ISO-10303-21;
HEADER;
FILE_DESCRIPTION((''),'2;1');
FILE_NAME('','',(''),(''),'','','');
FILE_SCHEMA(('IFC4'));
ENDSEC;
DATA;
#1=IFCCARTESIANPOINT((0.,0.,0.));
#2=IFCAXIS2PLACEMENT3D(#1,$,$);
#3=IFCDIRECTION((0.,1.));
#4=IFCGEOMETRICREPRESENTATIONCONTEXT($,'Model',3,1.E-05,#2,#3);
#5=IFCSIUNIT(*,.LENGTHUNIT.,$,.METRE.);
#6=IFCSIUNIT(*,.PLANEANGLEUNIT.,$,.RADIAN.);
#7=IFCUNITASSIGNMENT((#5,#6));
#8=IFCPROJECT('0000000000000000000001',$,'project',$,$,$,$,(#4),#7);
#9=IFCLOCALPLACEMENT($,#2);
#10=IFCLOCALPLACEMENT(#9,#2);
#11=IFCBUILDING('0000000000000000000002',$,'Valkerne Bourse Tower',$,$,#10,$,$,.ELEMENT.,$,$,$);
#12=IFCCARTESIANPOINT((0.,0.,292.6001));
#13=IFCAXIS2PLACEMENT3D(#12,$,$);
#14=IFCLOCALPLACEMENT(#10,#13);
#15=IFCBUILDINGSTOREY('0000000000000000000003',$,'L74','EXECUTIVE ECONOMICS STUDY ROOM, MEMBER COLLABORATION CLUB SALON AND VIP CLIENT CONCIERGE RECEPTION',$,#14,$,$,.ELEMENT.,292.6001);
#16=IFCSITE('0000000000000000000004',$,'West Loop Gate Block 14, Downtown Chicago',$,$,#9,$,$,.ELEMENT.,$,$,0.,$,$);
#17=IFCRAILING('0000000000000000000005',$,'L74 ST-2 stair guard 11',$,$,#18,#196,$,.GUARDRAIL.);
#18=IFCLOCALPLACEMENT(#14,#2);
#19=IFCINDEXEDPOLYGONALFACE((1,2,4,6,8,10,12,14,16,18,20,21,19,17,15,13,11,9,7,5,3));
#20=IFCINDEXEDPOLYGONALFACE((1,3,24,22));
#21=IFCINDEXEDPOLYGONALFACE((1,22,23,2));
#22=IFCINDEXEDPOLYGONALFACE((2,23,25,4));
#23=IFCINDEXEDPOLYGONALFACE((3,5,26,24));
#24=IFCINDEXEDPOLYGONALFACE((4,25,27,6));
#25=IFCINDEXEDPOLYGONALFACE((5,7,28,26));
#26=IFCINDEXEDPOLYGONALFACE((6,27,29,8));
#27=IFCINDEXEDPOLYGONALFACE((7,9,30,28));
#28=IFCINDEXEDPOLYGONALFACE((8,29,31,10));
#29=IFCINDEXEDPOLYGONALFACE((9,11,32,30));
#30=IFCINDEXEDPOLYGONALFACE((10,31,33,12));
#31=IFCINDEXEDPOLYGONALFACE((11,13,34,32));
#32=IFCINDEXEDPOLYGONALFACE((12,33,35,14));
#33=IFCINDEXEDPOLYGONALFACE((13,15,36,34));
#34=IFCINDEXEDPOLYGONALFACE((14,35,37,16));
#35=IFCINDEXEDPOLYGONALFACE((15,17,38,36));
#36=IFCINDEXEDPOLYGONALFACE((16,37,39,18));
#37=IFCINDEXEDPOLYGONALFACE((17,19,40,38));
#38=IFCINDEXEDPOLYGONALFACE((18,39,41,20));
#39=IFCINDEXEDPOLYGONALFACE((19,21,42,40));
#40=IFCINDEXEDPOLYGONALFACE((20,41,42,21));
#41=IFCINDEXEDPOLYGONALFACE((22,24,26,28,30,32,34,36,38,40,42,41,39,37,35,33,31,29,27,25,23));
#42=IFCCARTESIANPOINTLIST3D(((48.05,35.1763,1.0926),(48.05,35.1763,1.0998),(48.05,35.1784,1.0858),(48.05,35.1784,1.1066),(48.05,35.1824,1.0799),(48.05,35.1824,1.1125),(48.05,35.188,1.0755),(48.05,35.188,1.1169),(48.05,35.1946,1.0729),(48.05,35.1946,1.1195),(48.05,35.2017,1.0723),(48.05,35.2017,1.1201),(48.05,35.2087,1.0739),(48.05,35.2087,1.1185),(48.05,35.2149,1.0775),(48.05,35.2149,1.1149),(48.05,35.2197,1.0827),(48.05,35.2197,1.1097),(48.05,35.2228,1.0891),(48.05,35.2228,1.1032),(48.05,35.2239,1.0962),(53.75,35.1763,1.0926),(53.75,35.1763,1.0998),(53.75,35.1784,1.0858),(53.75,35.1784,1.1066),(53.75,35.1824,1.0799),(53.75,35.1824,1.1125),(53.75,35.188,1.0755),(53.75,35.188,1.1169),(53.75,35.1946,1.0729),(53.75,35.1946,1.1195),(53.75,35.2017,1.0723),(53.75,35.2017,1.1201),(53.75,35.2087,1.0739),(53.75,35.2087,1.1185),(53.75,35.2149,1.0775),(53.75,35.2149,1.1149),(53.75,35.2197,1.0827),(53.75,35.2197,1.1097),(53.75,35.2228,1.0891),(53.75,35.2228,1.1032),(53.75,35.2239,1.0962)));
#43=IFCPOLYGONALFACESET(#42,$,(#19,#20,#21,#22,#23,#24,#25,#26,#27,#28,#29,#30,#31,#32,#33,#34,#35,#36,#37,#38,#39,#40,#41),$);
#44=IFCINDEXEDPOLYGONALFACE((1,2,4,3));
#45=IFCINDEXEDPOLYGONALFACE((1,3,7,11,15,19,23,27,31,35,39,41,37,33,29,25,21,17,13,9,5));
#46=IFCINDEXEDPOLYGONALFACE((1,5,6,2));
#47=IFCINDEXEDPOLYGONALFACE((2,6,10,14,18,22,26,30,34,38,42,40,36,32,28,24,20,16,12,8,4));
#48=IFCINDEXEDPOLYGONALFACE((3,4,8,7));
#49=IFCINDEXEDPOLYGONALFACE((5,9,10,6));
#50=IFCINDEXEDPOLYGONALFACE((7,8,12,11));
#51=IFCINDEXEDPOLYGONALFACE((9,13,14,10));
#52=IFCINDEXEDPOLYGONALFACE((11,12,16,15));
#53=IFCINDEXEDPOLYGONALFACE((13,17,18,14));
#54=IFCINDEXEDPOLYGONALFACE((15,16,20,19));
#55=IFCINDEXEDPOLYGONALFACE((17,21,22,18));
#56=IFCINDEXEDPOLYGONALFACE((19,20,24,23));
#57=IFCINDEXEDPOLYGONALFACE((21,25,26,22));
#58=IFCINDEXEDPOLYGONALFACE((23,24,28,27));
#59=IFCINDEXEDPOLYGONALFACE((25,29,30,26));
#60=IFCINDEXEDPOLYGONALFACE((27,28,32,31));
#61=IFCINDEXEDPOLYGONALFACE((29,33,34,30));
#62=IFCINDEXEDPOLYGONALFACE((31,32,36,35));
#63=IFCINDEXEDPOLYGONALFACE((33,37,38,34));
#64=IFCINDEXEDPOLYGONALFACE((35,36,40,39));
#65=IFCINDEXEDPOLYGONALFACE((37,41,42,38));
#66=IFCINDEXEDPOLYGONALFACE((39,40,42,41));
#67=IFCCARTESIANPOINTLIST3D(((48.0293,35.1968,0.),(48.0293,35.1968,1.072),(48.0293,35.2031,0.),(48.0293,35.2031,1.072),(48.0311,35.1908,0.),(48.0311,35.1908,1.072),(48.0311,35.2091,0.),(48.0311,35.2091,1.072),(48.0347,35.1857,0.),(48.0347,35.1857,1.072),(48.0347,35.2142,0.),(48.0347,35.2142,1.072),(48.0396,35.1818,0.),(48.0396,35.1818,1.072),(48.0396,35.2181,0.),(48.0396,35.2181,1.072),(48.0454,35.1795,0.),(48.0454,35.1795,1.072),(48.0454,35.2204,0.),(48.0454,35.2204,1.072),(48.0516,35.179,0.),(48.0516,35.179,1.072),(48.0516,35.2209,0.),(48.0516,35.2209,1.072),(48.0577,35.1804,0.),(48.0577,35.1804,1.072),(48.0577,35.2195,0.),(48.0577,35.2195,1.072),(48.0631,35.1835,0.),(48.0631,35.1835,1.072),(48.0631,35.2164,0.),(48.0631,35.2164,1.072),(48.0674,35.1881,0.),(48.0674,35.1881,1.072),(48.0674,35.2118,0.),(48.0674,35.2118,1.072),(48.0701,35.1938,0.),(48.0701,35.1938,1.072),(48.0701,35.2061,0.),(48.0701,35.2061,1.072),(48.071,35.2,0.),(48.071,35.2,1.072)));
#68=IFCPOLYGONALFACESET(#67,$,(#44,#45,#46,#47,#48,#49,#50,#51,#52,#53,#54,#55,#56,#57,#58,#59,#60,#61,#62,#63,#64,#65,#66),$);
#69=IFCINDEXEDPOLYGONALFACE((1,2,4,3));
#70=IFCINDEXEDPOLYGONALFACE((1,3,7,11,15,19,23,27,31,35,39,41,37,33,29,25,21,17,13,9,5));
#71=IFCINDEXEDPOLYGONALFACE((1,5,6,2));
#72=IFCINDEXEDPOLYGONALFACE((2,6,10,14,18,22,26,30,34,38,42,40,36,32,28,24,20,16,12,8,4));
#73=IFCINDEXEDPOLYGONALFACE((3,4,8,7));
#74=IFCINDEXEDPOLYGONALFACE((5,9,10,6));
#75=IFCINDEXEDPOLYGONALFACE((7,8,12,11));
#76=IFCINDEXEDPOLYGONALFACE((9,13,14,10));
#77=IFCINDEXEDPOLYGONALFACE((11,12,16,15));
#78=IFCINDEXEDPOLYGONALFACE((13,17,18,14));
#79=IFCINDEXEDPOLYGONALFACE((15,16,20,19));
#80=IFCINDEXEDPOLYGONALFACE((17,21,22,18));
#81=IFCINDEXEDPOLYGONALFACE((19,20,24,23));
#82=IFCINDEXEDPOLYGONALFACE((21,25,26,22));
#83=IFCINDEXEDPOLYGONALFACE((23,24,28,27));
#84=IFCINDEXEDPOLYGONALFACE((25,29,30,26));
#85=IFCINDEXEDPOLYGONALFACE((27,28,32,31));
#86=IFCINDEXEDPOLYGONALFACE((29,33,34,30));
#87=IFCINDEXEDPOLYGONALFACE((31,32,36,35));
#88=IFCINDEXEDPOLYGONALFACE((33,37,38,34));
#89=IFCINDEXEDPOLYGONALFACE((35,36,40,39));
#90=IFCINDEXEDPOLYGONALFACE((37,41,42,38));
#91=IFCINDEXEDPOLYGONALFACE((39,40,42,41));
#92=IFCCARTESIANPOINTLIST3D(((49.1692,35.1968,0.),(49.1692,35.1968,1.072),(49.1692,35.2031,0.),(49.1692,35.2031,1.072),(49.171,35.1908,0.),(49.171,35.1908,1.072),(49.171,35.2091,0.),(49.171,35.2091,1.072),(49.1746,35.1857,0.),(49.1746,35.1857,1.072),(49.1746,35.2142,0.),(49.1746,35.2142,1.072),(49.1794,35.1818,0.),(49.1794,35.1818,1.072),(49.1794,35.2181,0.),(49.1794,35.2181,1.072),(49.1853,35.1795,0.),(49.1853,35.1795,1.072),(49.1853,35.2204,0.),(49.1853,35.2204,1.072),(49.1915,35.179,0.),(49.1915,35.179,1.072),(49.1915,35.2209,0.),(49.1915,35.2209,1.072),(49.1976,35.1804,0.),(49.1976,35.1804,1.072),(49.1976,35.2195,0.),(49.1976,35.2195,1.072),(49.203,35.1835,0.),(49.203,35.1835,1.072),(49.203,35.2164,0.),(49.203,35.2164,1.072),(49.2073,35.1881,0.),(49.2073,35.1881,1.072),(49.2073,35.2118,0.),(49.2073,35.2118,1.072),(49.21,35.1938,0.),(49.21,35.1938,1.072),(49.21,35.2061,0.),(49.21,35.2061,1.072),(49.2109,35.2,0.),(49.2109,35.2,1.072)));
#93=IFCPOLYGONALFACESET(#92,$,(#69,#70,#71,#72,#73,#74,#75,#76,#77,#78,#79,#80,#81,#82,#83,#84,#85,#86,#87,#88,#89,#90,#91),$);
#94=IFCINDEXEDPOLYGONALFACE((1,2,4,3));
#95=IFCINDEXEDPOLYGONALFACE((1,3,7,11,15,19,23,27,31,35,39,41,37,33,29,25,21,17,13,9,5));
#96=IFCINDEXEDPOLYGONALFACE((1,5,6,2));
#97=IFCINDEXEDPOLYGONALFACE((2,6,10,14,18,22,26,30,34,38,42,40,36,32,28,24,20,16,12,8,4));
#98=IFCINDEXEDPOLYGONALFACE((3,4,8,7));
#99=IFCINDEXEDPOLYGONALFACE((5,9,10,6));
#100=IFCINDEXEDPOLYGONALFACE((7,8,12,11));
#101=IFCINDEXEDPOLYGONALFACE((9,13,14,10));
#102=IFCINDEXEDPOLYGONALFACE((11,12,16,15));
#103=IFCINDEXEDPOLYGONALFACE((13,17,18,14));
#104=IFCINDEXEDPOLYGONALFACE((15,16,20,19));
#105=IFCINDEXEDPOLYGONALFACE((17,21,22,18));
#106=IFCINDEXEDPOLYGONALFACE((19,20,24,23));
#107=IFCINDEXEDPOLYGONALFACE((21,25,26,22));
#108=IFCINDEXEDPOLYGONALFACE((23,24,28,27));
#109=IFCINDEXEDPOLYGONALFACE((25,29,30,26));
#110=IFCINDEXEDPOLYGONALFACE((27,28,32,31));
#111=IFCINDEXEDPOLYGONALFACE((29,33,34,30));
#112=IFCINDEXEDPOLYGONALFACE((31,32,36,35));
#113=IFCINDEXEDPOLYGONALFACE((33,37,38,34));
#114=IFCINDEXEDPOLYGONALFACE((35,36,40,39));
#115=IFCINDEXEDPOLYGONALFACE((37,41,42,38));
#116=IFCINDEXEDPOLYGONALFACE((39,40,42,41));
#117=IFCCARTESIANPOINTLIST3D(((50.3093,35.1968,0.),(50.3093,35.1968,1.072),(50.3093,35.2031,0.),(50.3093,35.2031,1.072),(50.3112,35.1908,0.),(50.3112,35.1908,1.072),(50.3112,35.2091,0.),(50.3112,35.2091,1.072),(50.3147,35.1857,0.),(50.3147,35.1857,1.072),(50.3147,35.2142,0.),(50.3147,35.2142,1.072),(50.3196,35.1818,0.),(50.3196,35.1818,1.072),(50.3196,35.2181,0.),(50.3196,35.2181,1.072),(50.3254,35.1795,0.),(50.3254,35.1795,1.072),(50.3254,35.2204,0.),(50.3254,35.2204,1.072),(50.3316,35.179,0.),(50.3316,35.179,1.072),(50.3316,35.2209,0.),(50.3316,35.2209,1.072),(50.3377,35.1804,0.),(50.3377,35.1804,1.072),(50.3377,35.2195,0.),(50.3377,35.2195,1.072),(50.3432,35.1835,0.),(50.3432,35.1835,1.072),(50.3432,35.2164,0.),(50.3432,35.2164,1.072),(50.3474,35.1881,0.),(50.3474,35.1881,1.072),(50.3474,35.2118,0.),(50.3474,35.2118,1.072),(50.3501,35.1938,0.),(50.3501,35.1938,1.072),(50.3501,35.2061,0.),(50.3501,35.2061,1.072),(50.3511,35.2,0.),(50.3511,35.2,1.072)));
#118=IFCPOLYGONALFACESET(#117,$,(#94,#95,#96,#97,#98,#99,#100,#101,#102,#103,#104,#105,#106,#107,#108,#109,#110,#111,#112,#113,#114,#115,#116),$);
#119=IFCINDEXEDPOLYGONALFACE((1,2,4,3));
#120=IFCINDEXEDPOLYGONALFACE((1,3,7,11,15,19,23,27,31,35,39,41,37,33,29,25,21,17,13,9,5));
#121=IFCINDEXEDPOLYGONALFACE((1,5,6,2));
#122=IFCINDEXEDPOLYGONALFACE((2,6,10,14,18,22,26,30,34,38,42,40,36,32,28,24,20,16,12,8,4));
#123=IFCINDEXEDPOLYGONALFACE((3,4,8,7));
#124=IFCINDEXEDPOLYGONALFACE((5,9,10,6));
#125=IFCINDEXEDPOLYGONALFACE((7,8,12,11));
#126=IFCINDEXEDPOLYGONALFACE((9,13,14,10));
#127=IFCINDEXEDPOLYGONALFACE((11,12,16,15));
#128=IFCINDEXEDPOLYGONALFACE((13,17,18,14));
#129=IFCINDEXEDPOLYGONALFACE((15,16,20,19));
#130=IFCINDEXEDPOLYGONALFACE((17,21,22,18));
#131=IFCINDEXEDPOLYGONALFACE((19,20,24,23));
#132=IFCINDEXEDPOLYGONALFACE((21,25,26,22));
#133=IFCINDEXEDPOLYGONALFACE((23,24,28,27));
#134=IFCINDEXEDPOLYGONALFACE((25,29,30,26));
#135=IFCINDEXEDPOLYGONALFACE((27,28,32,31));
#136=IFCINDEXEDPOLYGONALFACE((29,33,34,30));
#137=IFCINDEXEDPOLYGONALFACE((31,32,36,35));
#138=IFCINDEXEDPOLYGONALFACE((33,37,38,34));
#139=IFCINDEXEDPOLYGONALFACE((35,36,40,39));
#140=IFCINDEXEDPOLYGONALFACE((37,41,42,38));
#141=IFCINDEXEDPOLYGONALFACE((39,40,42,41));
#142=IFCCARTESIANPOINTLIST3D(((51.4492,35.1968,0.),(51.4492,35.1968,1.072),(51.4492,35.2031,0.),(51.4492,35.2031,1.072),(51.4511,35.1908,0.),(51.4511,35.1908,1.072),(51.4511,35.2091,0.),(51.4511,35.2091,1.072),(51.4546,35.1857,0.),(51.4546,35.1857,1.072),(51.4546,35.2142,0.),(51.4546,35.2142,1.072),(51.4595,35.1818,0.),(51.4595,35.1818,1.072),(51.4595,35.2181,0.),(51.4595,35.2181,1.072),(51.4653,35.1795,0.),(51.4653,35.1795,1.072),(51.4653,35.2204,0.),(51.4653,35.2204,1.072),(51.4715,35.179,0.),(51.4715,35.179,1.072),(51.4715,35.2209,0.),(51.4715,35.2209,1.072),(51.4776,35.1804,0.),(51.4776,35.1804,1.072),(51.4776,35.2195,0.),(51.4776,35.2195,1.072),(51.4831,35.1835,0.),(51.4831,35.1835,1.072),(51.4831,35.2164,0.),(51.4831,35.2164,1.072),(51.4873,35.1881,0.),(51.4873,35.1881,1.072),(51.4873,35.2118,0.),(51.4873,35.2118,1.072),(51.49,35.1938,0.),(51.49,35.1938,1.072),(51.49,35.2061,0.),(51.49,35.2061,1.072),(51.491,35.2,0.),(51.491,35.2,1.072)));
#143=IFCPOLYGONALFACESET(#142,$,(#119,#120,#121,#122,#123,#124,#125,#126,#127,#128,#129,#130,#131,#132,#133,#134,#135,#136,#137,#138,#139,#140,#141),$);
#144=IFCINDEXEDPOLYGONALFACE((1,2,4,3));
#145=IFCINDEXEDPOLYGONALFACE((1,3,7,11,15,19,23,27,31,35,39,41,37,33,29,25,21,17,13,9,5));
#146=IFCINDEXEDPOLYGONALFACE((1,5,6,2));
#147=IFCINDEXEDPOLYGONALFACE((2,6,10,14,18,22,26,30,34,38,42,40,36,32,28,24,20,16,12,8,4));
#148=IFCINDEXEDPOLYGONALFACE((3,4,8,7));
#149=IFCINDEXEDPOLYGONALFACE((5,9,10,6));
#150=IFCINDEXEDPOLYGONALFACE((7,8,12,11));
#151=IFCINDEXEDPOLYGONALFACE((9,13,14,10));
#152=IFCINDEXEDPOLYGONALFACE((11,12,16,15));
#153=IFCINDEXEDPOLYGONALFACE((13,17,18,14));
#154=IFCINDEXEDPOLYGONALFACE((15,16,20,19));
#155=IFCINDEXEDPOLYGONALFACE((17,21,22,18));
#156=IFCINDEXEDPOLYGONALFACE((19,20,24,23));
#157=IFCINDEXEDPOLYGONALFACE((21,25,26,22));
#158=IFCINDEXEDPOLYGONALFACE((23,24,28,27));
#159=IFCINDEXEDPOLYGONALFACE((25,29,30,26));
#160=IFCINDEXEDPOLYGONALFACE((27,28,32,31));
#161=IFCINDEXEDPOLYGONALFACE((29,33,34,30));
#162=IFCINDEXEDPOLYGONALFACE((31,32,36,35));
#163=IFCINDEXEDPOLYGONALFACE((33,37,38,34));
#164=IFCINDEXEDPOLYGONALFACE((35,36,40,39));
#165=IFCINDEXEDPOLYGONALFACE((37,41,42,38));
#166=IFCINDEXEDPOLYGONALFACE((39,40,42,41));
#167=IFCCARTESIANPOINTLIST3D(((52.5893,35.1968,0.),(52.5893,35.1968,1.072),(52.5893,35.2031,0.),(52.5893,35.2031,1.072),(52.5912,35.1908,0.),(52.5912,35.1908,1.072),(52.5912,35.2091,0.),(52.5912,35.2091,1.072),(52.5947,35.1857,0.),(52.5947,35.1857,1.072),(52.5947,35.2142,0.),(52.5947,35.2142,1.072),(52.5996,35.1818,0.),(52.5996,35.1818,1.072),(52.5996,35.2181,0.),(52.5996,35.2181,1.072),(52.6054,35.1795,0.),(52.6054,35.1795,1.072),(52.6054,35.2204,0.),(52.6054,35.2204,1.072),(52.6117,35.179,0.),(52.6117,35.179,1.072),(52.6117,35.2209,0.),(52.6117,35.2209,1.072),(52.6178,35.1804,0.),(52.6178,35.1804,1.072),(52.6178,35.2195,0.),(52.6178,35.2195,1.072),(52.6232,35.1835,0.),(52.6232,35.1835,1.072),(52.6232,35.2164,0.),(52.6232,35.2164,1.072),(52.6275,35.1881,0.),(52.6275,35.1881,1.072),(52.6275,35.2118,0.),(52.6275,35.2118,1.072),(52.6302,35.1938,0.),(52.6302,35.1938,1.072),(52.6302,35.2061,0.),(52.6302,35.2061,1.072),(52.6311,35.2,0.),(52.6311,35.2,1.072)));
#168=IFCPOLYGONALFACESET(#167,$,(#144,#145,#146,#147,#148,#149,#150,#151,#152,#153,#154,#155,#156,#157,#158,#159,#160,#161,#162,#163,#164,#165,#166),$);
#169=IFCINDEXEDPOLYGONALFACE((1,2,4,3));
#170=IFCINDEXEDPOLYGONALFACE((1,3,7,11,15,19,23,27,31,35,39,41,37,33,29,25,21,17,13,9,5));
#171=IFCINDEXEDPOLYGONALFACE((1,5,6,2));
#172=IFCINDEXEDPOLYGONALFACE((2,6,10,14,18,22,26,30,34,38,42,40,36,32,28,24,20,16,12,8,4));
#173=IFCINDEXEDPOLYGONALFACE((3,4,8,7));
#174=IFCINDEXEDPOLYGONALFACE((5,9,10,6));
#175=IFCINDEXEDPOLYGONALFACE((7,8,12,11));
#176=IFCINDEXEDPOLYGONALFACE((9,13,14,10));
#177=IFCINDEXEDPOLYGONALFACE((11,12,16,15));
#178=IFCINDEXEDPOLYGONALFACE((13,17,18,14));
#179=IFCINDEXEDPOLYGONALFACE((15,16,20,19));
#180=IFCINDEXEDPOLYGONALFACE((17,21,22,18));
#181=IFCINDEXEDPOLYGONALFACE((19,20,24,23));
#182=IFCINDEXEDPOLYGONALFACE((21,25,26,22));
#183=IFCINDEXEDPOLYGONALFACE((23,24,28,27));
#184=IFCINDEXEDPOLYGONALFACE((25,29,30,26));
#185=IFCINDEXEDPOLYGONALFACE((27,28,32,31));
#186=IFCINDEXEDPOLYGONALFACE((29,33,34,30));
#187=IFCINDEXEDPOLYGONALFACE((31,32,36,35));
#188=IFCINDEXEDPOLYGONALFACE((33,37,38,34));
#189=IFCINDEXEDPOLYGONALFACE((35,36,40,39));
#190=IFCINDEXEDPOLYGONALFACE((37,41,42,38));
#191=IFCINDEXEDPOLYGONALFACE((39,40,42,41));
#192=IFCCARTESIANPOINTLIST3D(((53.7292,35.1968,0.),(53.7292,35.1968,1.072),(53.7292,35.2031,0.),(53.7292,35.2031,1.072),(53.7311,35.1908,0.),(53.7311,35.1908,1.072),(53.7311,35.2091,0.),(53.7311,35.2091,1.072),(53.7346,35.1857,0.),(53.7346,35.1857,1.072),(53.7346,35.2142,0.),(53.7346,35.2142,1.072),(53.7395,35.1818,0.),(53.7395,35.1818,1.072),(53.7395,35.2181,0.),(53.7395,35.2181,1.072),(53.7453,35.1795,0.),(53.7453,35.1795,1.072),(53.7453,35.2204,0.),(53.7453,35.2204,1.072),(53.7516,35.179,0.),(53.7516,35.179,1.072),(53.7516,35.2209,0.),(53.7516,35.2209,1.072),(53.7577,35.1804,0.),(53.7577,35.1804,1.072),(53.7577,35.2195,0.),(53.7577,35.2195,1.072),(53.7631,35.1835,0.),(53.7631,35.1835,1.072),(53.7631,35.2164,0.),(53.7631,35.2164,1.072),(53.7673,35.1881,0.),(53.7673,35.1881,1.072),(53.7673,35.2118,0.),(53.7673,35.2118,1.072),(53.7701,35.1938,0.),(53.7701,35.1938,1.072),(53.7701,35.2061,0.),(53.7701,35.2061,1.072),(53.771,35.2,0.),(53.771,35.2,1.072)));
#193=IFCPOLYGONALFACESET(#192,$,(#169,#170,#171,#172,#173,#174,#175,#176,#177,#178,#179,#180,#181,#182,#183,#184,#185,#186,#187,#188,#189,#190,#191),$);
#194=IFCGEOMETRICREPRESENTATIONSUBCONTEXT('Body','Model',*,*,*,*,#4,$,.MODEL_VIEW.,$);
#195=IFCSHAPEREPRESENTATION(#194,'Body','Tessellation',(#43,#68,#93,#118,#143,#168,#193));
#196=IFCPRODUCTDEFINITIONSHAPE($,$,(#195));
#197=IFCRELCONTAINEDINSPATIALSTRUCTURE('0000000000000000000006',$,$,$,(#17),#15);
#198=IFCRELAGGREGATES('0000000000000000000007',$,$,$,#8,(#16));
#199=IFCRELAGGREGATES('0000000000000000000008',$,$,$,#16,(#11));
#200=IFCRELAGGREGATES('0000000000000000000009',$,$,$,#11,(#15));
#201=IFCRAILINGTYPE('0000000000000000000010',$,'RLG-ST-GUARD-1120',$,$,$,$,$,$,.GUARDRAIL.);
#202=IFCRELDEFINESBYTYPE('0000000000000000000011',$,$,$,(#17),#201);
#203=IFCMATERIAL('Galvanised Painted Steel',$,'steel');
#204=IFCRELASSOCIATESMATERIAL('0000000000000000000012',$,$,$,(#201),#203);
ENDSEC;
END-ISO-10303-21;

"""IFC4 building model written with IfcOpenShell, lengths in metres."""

from ifc_helpers import new_model, si_unit, direction, frame, origin, origin_2d, place, context, subcontext, project, spatial, circle, extrude, material, type_object, element, save


model = new_model("IFC4")

# Units and contexts
model_context = context("Model", 3, precision=1e-05, world=origin(), true_north=direction((0.0, 1.0)))
body_context = subcontext(model_context, "Body", "Model", "MODEL_VIEW")
ifc_project = project(units=[si_unit("LENGTHUNIT", "METRE"), si_unit("PLANEANGLEUNIT", "RADIAN")], contexts=[model_context])

# Site, building, storey
site_placement = place(None, origin())
site = spatial("IfcSite", under=ifc_project, at=site_placement, Name="West Loop Gate Block 14, Downtown Chicago", CompositionType="ELEMENT", RefElevation=0.0)
building_placement = place(site_placement, origin())
building = spatial("IfcBuilding", under=site, at=building_placement, Name="Valkerne Bourse Tower", CompositionType="ELEMENT")
storey_placement = place(building_placement, frame((0.0, 0.0, 292.6001)))
storey = spatial("IfcBuildingStorey", under=building, at=storey_placement, Name="L74", Description="EXECUTIVE ECONOMICS STUDY ROOM, MEMBER COLLABORATION CLUB SALON AND VIP CLIENT CONCIERGE RECEPTION", CompositionType="ELEMENT", Elevation=292.6001)

# Railing
ifc_material_1 = material(Name="Galvanised Painted Steel", Category="steel")
railing_type_1 = type_object("IfcRailingType", Name="RLG-ST-GUARD-1120", PredefinedType="GUARDRAIL", material=ifc_material_1)
railing_1_placement = place(storey_placement, frame((48.05, 35.2, 0.0)))
element("IfcRailing", 1, at=railing_1_placement, inside=storey, type_object=railing_type_1, Name="L74 ST-2 stair guard 11", PredefinedType="GUARDRAIL", context=body_context, shape_type="SweptSolid", body=[
    extrude(circle(Radius=0.0239, at=origin_2d()), frame((0.0, 0.0, 1.0962), z_axis=(1.0, 0.0, 0.0), x_axis=(0.0, 1.0, 0.0)), (0.0, 0.0, 1.0), 5.7),
    extrude(circle(Radius=0.021, at=origin_2d()), origin(), (0.0, 0.0, 1.0), 1.072),
    extrude(circle(Radius=0.021, at=origin_2d()), frame((1.1399, 0.0, 0.0)), (0.0, 0.0, 1.0), 1.072),
    extrude(circle(Radius=0.021, at=origin_2d()), frame((2.28, 0.0, 0.0)), (0.0, 0.0, 1.0), 1.072),
    extrude(circle(Radius=0.021, at=origin_2d()), frame((3.4199, 0.0, 0.0)), (0.0, 0.0, 1.0), 1.072),
    extrude(circle(Radius=0.021, at=origin_2d()), frame((4.5601, 0.0, 0.0)), (0.0, 0.0, 1.0), 1.072),
    extrude(circle(Radius=0.021, at=origin_2d()), frame((5.7, 0.0, 0.0)), (0.0, 0.0, 1.0), 1.072),
])

save(model, "model.ifc")
